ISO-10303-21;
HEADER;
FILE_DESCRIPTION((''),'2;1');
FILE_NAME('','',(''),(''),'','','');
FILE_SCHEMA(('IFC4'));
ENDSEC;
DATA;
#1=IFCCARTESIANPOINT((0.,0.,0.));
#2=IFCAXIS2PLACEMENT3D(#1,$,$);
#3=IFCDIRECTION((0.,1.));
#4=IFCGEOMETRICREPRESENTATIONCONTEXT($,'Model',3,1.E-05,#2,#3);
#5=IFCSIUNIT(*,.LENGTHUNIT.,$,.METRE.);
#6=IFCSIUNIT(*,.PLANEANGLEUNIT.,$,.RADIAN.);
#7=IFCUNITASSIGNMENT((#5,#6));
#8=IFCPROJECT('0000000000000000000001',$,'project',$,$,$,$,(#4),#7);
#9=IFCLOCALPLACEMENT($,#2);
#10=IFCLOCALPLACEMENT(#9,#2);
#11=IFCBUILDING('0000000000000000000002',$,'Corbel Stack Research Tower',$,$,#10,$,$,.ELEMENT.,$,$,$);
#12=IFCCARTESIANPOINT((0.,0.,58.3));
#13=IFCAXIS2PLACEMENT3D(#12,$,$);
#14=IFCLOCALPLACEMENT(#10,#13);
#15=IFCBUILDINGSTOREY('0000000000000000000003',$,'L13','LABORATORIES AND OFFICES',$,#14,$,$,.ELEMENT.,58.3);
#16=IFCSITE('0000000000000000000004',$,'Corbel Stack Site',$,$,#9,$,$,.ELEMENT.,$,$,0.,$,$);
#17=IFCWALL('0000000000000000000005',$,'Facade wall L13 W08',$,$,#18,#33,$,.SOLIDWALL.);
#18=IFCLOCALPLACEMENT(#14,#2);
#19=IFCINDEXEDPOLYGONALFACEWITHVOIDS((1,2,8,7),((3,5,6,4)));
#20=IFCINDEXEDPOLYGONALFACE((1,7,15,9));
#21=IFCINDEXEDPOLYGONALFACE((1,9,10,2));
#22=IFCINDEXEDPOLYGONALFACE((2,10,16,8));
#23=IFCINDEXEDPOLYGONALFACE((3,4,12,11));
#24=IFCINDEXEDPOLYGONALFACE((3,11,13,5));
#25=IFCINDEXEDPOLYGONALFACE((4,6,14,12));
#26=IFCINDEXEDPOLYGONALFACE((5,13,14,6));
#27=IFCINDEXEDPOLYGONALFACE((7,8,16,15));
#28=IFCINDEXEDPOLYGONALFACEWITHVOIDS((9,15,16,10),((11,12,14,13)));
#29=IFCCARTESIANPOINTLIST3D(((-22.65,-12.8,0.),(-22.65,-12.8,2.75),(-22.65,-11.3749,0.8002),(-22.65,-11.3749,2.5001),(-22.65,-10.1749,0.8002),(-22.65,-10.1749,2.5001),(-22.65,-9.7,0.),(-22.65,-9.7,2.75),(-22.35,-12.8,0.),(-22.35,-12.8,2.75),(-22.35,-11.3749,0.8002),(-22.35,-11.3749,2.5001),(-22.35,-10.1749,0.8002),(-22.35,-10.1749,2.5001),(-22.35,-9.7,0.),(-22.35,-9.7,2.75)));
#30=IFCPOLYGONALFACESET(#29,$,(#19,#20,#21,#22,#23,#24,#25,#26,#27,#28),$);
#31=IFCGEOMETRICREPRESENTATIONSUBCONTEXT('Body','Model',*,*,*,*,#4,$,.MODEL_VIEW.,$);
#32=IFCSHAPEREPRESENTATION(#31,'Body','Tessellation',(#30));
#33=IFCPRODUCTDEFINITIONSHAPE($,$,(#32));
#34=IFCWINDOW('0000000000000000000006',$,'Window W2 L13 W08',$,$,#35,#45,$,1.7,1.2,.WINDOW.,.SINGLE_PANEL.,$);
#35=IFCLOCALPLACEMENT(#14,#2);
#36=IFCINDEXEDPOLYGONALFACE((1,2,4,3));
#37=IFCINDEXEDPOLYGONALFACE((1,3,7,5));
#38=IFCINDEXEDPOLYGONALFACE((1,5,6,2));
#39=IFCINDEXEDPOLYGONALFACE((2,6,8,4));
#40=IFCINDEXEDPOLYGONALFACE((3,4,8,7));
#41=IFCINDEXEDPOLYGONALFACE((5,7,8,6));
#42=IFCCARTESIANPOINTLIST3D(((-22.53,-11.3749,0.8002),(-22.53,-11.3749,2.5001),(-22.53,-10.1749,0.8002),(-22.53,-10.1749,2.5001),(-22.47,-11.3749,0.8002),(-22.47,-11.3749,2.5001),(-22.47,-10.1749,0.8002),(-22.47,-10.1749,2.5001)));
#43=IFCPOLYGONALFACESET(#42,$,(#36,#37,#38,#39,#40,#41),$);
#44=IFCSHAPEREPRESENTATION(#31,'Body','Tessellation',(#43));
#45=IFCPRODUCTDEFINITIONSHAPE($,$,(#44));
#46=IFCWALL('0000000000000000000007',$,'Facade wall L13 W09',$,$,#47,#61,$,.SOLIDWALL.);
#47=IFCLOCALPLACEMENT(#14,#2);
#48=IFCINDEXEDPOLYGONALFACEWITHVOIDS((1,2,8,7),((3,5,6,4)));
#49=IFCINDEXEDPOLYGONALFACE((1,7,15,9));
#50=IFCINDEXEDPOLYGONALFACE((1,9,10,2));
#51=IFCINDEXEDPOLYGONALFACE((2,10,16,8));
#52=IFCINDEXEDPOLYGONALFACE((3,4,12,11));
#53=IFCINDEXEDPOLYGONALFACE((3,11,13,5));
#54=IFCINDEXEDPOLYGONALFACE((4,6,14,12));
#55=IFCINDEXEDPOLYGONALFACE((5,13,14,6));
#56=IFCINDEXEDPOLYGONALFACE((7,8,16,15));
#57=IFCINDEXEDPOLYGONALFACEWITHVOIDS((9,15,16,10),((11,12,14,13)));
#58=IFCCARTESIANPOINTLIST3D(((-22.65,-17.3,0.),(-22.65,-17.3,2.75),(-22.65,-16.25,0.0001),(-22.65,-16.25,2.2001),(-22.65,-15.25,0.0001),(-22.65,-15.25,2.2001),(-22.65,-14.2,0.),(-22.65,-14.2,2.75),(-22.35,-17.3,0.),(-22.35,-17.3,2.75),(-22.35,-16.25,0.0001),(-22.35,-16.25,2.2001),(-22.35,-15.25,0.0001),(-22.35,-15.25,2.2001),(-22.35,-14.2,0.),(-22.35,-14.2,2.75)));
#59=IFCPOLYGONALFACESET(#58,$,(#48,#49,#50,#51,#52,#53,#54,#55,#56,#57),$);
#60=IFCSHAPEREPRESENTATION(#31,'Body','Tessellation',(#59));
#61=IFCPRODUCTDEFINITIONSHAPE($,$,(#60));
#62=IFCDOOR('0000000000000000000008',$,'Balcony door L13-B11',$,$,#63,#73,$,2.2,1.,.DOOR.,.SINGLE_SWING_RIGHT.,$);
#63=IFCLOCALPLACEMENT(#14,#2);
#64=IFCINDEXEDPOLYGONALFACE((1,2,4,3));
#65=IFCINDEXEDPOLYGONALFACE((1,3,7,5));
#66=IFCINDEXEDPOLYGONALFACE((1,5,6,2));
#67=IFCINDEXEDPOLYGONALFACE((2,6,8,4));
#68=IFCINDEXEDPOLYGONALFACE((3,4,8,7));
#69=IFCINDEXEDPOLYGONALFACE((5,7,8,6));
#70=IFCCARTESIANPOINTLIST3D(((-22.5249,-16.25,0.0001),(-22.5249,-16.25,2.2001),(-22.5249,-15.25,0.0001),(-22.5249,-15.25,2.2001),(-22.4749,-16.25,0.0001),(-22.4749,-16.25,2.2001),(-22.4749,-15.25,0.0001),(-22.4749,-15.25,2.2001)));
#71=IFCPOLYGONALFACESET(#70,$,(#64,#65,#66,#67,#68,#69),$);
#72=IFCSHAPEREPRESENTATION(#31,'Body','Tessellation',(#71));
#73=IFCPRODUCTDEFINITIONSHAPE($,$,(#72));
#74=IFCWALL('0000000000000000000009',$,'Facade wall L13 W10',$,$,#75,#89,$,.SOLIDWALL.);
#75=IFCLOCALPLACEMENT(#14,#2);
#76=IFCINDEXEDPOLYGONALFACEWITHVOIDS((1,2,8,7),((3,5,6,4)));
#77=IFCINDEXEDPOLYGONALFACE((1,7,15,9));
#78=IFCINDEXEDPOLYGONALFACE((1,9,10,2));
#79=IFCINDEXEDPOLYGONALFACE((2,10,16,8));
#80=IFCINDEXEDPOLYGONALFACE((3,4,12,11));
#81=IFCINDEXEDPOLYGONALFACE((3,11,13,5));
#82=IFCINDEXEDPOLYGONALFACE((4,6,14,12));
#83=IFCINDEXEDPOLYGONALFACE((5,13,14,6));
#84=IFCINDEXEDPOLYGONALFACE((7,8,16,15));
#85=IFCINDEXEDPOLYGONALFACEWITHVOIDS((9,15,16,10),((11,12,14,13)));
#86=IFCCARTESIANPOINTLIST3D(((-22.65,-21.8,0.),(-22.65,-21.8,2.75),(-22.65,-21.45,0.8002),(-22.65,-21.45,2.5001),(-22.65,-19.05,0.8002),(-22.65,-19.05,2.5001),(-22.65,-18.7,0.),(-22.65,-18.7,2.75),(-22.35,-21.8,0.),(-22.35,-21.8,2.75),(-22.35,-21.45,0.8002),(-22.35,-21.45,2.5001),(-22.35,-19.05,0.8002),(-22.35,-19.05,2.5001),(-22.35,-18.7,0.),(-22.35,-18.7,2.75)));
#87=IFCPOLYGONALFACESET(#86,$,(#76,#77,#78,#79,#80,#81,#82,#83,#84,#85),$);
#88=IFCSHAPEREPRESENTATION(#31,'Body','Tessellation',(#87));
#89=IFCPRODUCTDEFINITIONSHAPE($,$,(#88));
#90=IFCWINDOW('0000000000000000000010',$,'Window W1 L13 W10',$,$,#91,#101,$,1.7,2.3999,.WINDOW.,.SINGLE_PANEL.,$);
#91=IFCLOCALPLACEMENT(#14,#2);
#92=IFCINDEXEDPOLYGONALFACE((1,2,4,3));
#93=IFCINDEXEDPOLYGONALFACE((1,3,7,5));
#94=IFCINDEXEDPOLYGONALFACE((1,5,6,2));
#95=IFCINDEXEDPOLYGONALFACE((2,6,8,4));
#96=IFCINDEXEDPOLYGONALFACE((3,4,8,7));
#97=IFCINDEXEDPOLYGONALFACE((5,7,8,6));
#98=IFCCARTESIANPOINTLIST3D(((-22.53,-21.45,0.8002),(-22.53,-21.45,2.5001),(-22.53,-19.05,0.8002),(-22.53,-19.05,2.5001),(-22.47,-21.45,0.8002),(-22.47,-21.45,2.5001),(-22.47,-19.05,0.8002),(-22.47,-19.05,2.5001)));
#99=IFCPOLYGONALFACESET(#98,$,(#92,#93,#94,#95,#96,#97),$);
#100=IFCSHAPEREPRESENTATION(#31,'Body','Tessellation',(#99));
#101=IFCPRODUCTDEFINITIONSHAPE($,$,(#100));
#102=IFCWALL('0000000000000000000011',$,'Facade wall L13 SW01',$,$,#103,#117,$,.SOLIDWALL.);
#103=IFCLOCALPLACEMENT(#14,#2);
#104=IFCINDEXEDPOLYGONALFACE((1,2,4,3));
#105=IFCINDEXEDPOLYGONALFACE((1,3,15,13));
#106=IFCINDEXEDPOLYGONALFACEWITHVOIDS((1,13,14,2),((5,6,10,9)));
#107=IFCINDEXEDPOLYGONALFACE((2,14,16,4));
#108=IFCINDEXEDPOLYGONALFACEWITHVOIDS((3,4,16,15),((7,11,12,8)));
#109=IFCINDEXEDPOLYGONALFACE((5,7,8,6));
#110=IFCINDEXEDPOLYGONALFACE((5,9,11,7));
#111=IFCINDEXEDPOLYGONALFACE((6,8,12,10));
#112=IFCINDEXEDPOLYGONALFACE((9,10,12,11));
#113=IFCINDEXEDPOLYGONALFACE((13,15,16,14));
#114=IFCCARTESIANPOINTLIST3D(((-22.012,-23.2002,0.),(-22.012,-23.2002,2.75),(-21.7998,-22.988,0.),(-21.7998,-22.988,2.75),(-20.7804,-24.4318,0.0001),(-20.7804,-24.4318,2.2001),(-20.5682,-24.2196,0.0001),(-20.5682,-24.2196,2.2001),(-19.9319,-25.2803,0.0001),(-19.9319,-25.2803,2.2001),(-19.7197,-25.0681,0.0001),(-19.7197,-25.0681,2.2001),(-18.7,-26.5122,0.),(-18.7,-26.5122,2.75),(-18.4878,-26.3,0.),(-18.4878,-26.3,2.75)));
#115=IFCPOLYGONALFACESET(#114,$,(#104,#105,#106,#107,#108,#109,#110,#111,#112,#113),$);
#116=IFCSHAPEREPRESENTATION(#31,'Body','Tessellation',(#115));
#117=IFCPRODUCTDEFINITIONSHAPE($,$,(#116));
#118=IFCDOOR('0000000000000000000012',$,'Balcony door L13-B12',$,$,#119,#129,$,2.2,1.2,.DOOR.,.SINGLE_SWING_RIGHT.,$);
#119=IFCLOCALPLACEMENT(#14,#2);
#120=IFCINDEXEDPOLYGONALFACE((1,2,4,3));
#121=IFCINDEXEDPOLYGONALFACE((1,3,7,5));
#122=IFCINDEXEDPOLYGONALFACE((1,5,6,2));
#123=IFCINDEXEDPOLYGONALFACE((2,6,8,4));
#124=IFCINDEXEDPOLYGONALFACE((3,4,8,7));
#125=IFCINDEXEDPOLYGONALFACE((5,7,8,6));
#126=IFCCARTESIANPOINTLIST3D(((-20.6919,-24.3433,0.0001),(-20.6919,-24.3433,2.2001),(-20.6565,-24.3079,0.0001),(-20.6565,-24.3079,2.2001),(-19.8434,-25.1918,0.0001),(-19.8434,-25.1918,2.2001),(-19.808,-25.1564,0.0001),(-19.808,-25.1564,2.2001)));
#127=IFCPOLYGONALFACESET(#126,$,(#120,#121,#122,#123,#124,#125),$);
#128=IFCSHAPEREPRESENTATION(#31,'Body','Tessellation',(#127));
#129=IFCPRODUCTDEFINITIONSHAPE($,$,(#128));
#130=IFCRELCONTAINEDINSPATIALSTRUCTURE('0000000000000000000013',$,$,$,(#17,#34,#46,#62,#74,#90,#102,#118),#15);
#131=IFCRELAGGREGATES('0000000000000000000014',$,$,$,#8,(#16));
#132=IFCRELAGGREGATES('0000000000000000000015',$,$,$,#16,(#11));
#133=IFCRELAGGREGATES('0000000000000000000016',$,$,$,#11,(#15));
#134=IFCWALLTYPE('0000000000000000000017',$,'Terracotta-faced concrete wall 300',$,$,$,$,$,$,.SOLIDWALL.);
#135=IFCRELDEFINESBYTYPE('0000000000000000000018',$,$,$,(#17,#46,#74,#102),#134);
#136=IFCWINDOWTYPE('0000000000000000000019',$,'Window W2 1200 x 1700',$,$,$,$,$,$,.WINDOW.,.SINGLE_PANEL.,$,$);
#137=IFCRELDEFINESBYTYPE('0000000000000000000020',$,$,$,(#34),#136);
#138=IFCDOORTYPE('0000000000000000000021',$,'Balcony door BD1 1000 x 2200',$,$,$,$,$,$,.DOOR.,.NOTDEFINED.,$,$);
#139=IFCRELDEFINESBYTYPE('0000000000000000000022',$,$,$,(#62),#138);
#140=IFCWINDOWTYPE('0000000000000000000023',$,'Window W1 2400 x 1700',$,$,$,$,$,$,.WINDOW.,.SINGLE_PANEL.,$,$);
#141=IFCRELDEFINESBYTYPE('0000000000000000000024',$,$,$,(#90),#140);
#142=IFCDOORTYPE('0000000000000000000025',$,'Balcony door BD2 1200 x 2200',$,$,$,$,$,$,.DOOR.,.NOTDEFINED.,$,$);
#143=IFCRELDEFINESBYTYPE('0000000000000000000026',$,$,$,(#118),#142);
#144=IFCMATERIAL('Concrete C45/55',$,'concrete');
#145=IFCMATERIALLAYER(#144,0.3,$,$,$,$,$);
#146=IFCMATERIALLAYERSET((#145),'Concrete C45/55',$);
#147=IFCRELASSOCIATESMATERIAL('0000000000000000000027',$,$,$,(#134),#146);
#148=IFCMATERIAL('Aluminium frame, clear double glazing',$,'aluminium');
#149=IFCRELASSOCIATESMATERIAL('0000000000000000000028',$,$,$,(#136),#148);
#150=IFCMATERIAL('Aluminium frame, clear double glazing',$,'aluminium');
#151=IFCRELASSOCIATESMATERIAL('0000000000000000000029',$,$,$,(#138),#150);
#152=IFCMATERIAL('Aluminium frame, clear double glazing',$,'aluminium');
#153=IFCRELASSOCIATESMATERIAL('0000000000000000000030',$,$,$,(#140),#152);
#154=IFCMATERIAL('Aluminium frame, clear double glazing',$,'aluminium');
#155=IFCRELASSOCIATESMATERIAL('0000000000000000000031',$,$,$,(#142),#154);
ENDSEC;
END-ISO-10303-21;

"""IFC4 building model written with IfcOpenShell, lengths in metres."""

from ifc_helpers import new_model, si_unit, direction, frame, frame_2d, origin, place, context, subcontext, project, spatial, rectangle, extrude, material, layer, layer_set, type_object, element, fill, save


model = new_model("IFC4")

# Units and contexts
model_context = context("Model", 3, precision=1e-05, world=origin(), true_north=direction((0.0, 1.0)))
body_context = subcontext(model_context, "Body", "Model", "MODEL_VIEW")
ifc_project = project(units=[si_unit("LENGTHUNIT", "METRE"), si_unit("PLANEANGLEUNIT", "RADIAN")], contexts=[model_context])

# Site, building, storey
site_placement = place(None, origin())
site = spatial("IfcSite", under=ifc_project, at=site_placement, Name="Corbel Stack Site", CompositionType="ELEMENT", RefElevation=0.0)
building_placement = place(site_placement, origin())
building = spatial("IfcBuilding", under=site, at=building_placement, Name="Corbel Stack Research Tower", CompositionType="ELEMENT")
storey_placement = place(building_placement, frame((0.0, 0.0, 58.3)))
storey = spatial("IfcBuildingStorey", under=building, at=storey_placement, Name="L13", Description="LABORATORIES AND OFFICES", CompositionType="ELEMENT", Elevation=58.3)

# Wall, opening, window
ifc_material_1 = material(Name="Concrete C45/55", Category="concrete")
ifc_layer_1 = layer(ifc_material_1, 0.3)
ifc_layer_set_1 = layer_set([ifc_layer_1], Name="Concrete C45/55")
wall_type_1 = type_object("IfcWallType", Name="Terracotta-faced concrete wall 300", PredefinedType="SOLIDWALL", material=ifc_layer_set_1)
wall_1_placement = place(storey_placement, frame((-22.5, -12.8, 0.0), z_axis=(0.0, 0.0, 1.0), x_axis=(0.0, 1.0, 0.0)))
wall_1 = element("IfcWall", 1, at=wall_1_placement, inside=storey, type_object=wall_type_1, Name="Facade wall L13 W08", PredefinedType="SOLIDWALL", context=body_context, shape_type="SweptSolid", body=[
    extrude(rectangle(XDim=3.1001, YDim=0.3, at=frame_2d((1.55, 0.0))), origin(), (0.0, 0.0, 1.0), 2.75),
])
opening_1_placement = place(wall_1_placement, frame((1.425, 0.0, 0.8)))
opening_1 = element("IfcOpeningElement", 2, at=opening_1_placement, cuts=wall_1, PredefinedType="OPENING", context=body_context, shape_type="SweptSolid", body=[
    extrude(rectangle(XDim=1.2, YDim=1.7, at=frame_2d((0.6001, 0.8501))), frame((0.0, 0.1599, 0.0), z_axis=(0.0, -1.0, 0.0), x_axis=(1.0, 0.0, 0.0)), (0.0, 0.0, 1.0), 0.3201),
])
ifc_material_2 = material(Name="Aluminium frame, clear double glazing", Category="aluminium")
window_type_1 = type_object("IfcWindowType", Name="Window W2 1200 x 1700", PartitioningType="SINGLE_PANEL", PredefinedType="WINDOW", material=ifc_material_2)
window_1_placement = place(opening_1_placement, origin())
window_1 = element("IfcWindow", 3, at=window_1_placement, inside=storey, type_object=window_type_1, Name="Window W2 L13 W08", OverallHeight=1.7, OverallWidth=1.2, PartitioningType="SINGLE_PANEL", PredefinedType="WINDOW", context=body_context, shape_type="SweptSolid", body=[
    extrude(rectangle(XDim=1.2, YDim=1.7, at=frame_2d((0.6001, 0.8501))), frame((0.0, 0.03, 0.0), z_axis=(0.0, -1.0, 0.0), x_axis=(1.0, 0.0, 0.0)), (0.0, 0.0, 1.0), 0.0601),
])
fill(opening_1, window_1)

# Wall, opening, door
wall_2_placement = place(storey_placement, frame((-22.5, -17.3, 0.0), z_axis=(0.0, 0.0, 1.0), x_axis=(0.0, 1.0, 0.0)))
wall_2 = element("IfcWall", 4, at=wall_2_placement, inside=storey, type_object=wall_type_1, Name="Facade wall L13 W09", PredefinedType="SOLIDWALL", context=body_context, shape_type="SweptSolid", body=[
    extrude(rectangle(XDim=3.1001, YDim=0.3, at=frame_2d((1.55, 0.0))), origin(), (0.0, 0.0, 1.0), 2.75),
])
opening_2_placement = place(wall_2_placement, frame((1.05, 0.0, 0.0)))
opening_2 = element("IfcOpeningElement", 5, at=opening_2_placement, cuts=wall_2, PredefinedType="OPENING", context=body_context, shape_type="SweptSolid", body=[
    extrude(rectangle(XDim=1.0, YDim=2.2, at=frame_2d((0.5, 1.1001))), frame((0.0, 0.1599, 0.0), z_axis=(0.0, -1.0, 0.0), x_axis=(1.0, 0.0, 0.0)), (0.0, 0.0, 1.0), 0.3201),
])
ifc_material_3 = material(Name="Aluminium frame, clear double glazing", Category="aluminium")
door_type_1 = type_object("IfcDoorType", Name="Balcony door BD1 1000 x 2200", OperationType="NOTDEFINED", PredefinedType="DOOR", material=ifc_material_3)
door_1_placement = place(opening_2_placement, origin())
door_1 = element("IfcDoor", 6, at=door_1_placement, inside=storey, type_object=door_type_1, Name="Balcony door L13-B11", OperationType="SINGLE_SWING_RIGHT", OverallHeight=2.2, OverallWidth=1.0, PredefinedType="DOOR", context=body_context, shape_type="SweptSolid", body=[
    extrude(rectangle(XDim=1.0, YDim=2.2, at=frame_2d((0.5, 1.1001))), frame((0.0, 0.0249, 0.0), z_axis=(0.0, -1.0, 0.0), x_axis=(1.0, 0.0, 0.0)), (0.0, 0.0, 1.0), 0.05),
])
fill(opening_2, door_1)

# Wall, opening, window
wall_3_placement = place(storey_placement, frame((-22.5, -21.8, 0.0), z_axis=(0.0, 0.0, 1.0), x_axis=(0.0, 1.0, 0.0)))
wall_3 = element("IfcWall", 7, at=wall_3_placement, inside=storey, type_object=wall_type_1, Name="Facade wall L13 W10", PredefinedType="SOLIDWALL", context=body_context, shape_type="SweptSolid", body=[
    extrude(rectangle(XDim=3.1001, YDim=0.3, at=frame_2d((1.55, 0.0))), origin(), (0.0, 0.0, 1.0), 2.75),
])
opening_3_placement = place(wall_3_placement, frame((0.3501, 0.0, 0.8)))
opening_3 = element("IfcOpeningElement", 8, at=opening_3_placement, cuts=wall_3, PredefinedType="OPENING", context=body_context, shape_type="SweptSolid", body=[
    extrude(rectangle(XDim=2.3999, YDim=1.7, at=frame_2d((1.2, 0.8501))), frame((0.0, 0.1599, 0.0), z_axis=(0.0, -1.0, 0.0), x_axis=(1.0, 0.0, 0.0)), (0.0, 0.0, 1.0), 0.3201),
])
ifc_material_4 = material(Name="Aluminium frame, clear double glazing", Category="aluminium")
window_type_2 = type_object("IfcWindowType", Name="Window W1 2400 x 1700", PartitioningType="SINGLE_PANEL", PredefinedType="WINDOW", material=ifc_material_4)
window_2_placement = place(opening_3_placement, origin())
window_2 = element("IfcWindow", 9, at=window_2_placement, inside=storey, type_object=window_type_2, Name="Window W1 L13 W10", OverallHeight=1.7, OverallWidth=2.3999, PartitioningType="SINGLE_PANEL", PredefinedType="WINDOW", context=body_context, shape_type="SweptSolid", body=[
    extrude(rectangle(XDim=2.3999, YDim=1.7, at=frame_2d((1.2, 0.8501))), frame((0.0, 0.03, 0.0), z_axis=(0.0, -1.0, 0.0), x_axis=(1.0, 0.0, 0.0)), (0.0, 0.0, 1.0), 0.0601),
])
fill(opening_3, window_2)

# Wall, opening, door
wall_4_placement = place(storey_placement, frame((-18.594, -26.406, 0.0), z_axis=(0.0, 0.0, 1.0), x_axis=(-0.707107, 0.707107, 0.0)))
wall_4 = element("IfcWall", 10, at=wall_4_placement, inside=storey, type_object=wall_type_1, Name="Facade wall L13 SW01", PredefinedType="SOLIDWALL", context=body_context, shape_type="SweptSolid", body=[
    extrude(rectangle(XDim=4.6838, YDim=0.3, at=frame_2d((2.3418, 0.0))), origin(), (0.0, 0.0, 1.0), 2.75),
])
opening_4_placement = place(wall_4_placement, frame((1.7419, 0.0, 0.0)))
opening_4 = element("IfcOpeningElement", 11, at=opening_4_placement, cuts=wall_4, PredefinedType="OPENING", context=body_context, shape_type="SweptSolid", body=[
    extrude(rectangle(XDim=1.2, YDim=2.2, at=frame_2d((0.6001, 1.1001))), frame((0.0, 0.1599, 0.0), z_axis=(0.0, -1.0, 0.0), x_axis=(1.0, 0.0, 0.0)), (0.0, 0.0, 1.0), 0.3201),
])
ifc_material_5 = material(Name="Aluminium frame, clear double glazing", Category="aluminium")
door_type_2 = type_object("IfcDoorType", Name="Balcony door BD2 1200 x 2200", OperationType="NOTDEFINED", PredefinedType="DOOR", material=ifc_material_5)
door_2_placement = place(opening_4_placement, origin())
door_2 = element("IfcDoor", 12, at=door_2_placement, inside=storey, type_object=door_type_2, Name="Balcony door L13-B12", OperationType="SINGLE_SWING_RIGHT", OverallHeight=2.2, OverallWidth=1.2, PredefinedType="DOOR", context=body_context, shape_type="SweptSolid", body=[
    extrude(rectangle(XDim=1.2, YDim=2.2, at=frame_2d((0.6001, 1.1001))), frame((0.0, 0.0249, 0.0), z_axis=(0.0, -1.0, 0.0), x_axis=(1.0, 0.0, 0.0)), (0.0, 0.0, 1.0), 0.05),
])
fill(opening_4, door_2)

save(model, "model.ifc")
